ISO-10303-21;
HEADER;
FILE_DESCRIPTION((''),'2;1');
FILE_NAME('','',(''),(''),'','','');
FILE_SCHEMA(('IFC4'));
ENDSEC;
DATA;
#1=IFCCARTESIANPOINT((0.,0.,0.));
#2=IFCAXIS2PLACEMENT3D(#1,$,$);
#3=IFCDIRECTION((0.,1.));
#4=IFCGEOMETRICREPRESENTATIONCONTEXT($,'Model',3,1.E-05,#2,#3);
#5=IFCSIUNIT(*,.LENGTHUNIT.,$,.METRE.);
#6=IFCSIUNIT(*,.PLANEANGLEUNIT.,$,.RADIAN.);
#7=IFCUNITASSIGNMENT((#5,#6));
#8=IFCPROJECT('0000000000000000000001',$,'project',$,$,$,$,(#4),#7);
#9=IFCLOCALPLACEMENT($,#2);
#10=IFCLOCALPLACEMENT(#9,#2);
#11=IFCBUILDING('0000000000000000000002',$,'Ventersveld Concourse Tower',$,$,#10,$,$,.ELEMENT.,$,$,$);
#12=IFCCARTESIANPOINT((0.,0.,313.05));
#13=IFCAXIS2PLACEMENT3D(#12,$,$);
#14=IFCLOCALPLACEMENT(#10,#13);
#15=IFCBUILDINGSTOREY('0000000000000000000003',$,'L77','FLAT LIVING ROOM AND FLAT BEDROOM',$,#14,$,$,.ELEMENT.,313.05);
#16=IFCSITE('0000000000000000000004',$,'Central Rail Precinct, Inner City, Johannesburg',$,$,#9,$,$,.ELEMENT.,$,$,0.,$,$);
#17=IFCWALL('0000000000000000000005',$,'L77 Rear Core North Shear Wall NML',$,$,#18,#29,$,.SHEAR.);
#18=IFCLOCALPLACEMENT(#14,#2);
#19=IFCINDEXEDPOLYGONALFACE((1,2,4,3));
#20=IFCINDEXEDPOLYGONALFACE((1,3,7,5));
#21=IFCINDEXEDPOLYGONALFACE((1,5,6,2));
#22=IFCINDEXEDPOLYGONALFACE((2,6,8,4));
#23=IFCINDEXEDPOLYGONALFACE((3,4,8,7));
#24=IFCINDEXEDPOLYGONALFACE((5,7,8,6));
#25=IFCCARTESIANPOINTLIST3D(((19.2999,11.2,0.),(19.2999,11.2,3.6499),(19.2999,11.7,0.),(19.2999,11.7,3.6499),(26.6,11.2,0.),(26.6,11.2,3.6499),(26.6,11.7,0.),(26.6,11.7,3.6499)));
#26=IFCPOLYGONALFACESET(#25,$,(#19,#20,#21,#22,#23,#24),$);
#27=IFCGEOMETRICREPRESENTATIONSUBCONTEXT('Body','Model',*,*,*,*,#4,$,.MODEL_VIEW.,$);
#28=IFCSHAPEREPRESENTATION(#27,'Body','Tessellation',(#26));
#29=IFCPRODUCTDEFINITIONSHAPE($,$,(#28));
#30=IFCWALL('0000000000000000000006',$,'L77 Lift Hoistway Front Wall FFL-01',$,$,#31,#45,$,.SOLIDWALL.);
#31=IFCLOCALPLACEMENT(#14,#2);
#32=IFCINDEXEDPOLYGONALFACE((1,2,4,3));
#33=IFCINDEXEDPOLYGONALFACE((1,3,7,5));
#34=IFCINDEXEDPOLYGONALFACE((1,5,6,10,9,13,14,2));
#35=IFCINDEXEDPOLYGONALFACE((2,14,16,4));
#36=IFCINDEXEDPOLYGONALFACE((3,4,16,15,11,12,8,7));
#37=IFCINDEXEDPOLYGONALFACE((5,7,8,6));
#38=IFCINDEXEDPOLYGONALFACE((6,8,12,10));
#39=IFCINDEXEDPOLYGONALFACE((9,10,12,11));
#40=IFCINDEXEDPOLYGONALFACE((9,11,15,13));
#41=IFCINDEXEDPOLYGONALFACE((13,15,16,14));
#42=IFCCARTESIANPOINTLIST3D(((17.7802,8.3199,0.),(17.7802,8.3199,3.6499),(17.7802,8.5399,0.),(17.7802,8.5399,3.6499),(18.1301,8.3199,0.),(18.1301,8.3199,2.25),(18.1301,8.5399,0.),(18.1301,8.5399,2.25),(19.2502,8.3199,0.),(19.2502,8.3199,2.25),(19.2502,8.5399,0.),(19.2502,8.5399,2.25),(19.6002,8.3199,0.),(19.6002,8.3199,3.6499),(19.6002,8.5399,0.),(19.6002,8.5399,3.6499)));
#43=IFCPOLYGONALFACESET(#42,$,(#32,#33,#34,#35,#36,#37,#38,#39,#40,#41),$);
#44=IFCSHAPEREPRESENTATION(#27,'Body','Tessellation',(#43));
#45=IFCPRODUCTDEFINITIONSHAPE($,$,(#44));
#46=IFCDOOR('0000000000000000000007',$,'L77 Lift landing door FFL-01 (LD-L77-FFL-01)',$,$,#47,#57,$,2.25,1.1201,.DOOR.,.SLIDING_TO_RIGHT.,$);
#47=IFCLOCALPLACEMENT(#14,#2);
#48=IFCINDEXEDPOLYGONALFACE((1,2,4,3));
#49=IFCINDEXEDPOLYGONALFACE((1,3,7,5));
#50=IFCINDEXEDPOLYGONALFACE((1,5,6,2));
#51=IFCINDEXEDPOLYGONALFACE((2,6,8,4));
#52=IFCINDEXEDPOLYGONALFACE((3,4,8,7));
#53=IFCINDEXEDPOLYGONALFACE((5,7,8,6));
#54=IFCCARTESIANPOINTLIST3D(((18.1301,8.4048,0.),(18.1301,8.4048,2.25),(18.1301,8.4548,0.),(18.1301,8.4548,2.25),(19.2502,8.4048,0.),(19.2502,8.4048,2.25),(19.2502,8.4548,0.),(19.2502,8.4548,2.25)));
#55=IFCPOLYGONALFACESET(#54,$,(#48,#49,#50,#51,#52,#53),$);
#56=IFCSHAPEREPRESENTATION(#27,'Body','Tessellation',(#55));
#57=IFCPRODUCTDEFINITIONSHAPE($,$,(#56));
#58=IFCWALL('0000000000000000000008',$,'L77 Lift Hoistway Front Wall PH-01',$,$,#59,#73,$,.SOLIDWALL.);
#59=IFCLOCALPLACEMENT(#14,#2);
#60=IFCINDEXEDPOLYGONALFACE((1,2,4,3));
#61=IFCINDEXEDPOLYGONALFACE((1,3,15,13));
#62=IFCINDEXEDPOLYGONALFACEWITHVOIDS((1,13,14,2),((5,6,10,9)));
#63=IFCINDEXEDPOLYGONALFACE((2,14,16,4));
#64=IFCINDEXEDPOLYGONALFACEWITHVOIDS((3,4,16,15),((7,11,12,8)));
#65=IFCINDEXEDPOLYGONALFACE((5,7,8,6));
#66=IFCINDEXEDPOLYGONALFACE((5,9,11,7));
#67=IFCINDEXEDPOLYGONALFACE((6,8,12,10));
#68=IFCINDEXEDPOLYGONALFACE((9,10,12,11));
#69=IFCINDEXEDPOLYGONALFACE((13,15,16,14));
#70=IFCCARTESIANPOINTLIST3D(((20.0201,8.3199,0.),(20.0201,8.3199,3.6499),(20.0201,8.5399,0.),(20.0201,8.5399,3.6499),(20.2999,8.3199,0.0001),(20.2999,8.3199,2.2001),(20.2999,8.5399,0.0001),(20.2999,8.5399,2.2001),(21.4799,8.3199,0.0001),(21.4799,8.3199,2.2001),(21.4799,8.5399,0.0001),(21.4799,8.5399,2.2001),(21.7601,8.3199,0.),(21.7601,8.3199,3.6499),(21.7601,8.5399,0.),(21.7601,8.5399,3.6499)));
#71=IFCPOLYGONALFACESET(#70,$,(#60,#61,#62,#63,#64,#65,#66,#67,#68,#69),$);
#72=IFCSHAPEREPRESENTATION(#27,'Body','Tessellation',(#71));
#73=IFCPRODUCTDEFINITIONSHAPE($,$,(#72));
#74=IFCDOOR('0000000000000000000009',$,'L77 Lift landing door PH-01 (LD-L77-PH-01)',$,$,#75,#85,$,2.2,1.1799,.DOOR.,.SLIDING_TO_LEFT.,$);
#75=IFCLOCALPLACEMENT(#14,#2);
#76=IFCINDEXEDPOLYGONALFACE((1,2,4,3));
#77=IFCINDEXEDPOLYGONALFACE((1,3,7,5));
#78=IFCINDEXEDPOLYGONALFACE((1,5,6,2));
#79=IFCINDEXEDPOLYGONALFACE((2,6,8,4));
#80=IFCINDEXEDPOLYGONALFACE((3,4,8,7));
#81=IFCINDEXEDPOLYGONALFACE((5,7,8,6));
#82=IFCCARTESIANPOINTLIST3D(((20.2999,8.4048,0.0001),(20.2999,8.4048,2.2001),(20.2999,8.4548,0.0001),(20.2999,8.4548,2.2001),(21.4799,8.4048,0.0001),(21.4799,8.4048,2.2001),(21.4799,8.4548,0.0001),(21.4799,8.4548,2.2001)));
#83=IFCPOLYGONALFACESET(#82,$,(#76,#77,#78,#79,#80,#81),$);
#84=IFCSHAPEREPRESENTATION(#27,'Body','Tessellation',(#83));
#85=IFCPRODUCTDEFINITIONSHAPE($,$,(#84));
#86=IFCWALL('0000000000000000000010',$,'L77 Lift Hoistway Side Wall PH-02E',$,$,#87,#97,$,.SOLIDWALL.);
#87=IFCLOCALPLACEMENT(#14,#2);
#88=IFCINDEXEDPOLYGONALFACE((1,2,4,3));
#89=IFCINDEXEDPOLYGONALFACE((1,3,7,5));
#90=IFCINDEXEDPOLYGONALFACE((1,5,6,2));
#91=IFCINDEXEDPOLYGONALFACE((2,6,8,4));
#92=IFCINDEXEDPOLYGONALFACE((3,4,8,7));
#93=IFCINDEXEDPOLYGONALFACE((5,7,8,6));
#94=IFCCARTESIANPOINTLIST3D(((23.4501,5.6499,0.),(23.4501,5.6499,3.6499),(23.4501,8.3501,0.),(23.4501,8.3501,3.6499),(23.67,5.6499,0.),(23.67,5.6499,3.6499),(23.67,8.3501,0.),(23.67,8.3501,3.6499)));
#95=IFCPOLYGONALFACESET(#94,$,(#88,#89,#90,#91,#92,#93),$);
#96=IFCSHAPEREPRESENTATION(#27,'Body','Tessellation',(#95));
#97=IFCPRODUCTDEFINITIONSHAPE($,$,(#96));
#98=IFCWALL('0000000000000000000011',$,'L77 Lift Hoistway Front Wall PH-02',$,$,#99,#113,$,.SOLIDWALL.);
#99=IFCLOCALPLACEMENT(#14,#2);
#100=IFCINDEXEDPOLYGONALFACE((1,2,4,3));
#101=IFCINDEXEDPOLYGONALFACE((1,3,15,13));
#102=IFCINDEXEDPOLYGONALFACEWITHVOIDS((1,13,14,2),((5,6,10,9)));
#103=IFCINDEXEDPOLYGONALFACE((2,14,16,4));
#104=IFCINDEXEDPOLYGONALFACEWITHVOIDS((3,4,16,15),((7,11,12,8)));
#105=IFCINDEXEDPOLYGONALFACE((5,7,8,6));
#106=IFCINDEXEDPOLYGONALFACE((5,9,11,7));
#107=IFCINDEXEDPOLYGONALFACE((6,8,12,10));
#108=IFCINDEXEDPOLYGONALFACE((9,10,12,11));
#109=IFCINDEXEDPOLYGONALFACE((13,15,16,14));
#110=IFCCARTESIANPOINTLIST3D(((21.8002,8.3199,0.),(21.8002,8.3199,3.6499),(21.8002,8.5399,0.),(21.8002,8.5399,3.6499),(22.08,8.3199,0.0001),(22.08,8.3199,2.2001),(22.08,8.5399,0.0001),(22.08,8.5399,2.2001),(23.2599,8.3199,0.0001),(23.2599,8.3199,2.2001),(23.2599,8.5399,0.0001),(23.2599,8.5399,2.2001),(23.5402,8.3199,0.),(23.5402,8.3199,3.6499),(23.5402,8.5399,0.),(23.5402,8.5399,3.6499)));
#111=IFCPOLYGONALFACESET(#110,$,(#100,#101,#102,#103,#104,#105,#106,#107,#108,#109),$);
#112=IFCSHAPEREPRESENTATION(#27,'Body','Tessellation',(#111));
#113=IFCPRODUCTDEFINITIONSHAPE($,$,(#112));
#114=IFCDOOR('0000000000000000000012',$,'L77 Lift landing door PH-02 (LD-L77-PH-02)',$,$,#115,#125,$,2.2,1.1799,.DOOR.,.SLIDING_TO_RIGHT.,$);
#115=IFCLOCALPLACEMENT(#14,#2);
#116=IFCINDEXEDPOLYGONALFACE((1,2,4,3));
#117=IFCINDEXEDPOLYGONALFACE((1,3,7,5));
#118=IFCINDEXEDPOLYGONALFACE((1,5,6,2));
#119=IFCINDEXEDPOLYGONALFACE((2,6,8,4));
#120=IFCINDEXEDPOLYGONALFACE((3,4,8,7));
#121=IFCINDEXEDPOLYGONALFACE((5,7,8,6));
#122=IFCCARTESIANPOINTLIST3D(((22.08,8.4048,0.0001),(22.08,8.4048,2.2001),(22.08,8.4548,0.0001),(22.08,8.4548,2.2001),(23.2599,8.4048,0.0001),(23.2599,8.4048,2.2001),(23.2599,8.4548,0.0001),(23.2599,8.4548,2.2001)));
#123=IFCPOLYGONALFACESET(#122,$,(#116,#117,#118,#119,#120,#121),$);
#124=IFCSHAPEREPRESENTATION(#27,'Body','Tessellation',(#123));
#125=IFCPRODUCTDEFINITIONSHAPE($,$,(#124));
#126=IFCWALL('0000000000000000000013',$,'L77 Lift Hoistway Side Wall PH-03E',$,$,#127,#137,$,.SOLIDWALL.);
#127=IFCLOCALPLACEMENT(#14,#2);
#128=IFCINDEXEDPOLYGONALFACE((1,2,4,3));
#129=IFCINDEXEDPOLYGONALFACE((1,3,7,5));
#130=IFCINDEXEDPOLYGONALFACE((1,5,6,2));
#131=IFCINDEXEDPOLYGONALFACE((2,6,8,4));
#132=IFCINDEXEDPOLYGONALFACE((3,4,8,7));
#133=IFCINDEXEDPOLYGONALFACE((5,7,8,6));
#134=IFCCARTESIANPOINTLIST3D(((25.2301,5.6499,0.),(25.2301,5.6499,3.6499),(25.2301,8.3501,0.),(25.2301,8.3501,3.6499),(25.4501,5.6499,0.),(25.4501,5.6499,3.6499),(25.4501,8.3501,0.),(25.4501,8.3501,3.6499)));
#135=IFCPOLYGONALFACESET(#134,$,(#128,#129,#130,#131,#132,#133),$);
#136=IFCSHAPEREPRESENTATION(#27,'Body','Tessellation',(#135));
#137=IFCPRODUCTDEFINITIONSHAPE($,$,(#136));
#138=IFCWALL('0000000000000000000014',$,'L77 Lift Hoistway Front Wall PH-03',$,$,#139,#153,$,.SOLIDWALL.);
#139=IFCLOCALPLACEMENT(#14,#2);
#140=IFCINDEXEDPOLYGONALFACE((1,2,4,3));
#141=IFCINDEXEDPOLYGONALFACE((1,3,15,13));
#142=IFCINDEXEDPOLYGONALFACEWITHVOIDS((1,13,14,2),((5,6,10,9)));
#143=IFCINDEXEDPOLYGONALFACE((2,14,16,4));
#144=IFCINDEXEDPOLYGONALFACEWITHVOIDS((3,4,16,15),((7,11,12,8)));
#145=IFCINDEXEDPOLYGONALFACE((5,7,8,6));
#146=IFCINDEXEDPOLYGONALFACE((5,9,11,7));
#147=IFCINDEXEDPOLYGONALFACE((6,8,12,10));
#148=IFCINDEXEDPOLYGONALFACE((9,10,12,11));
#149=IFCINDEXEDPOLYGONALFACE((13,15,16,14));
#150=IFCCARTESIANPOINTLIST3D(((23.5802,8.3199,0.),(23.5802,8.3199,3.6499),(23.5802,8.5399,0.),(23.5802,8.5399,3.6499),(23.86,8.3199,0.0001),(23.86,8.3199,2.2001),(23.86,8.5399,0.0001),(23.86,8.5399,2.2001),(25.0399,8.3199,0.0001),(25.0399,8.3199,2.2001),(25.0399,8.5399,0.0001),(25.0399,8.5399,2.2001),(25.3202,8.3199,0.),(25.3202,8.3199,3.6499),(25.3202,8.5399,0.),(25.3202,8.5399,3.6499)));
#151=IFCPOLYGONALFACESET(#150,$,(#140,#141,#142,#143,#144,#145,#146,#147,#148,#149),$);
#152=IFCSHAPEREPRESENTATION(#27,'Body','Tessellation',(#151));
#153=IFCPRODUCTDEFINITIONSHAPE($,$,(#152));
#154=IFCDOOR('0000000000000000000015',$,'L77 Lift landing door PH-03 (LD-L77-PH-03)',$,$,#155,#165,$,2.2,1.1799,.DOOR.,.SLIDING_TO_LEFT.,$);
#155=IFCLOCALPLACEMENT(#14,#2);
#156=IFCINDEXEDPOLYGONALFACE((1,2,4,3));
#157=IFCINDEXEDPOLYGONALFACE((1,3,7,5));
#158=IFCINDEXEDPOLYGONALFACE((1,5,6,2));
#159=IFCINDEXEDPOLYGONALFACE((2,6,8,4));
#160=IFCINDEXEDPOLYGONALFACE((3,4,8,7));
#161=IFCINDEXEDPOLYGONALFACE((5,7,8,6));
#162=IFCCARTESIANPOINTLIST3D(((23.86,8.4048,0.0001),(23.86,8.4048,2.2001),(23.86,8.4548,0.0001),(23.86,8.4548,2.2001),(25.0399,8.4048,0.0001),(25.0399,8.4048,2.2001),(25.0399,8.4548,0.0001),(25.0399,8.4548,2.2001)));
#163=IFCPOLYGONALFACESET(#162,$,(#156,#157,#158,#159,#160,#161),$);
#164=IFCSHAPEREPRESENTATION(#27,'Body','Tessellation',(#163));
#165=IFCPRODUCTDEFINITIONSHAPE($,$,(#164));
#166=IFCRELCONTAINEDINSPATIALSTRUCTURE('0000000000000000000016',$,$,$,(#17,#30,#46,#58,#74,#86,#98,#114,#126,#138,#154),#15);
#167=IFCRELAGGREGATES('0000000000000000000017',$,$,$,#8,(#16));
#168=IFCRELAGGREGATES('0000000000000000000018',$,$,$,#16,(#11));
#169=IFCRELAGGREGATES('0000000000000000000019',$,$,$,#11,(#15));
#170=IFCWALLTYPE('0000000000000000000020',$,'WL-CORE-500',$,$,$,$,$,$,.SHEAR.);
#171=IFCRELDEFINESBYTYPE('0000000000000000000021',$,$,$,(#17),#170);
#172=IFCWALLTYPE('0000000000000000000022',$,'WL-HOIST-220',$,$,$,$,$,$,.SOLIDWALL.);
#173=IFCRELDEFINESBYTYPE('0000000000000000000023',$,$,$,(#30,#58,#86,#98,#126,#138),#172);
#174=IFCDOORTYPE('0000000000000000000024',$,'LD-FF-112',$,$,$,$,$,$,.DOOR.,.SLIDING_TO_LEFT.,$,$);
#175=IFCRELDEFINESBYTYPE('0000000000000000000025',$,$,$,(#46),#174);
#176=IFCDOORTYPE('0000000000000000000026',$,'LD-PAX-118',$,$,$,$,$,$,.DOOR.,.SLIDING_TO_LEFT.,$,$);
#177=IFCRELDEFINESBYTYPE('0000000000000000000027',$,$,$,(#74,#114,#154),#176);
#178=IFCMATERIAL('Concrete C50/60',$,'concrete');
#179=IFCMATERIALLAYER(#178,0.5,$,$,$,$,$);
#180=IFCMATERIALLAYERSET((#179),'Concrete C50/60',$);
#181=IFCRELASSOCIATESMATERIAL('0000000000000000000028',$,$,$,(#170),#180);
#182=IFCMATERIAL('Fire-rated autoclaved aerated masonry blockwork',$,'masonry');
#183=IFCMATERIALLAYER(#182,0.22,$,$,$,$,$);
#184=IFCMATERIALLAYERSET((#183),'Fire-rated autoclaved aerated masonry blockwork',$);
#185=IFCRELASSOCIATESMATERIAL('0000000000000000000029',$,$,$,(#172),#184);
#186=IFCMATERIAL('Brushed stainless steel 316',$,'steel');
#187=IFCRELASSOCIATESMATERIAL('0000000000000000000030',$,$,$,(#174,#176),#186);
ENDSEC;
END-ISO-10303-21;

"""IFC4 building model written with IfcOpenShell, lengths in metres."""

from ifc_helpers import new_model, si_unit, direction, frame, frame_2d, origin, place, context, subcontext, project, spatial, rectangle, extrude, material, layer, layer_set, type_object, element, fill, save


model = new_model("IFC4")

# Units and contexts
model_context = context("Model", 3, precision=1e-05, world=origin(), true_north=direction((0.0, 1.0)))
body_context = subcontext(model_context, "Body", "Model", "MODEL_VIEW")
ifc_project = project(units=[si_unit("LENGTHUNIT", "METRE"), si_unit("PLANEANGLEUNIT", "RADIAN")], contexts=[model_context])

# Site, building, storey
site_placement = place(None, origin())
site = spatial("IfcSite", under=ifc_project, at=site_placement, Name="Central Rail Precinct, Inner City, Johannesburg", CompositionType="ELEMENT", RefElevation=0.0)
building_placement = place(site_placement, origin())
building = spatial("IfcBuilding", under=site, at=building_placement, Name="Ventersveld Concourse Tower", CompositionType="ELEMENT")
storey_placement = place(building_placement, frame((0.0, 0.0, 313.05)))
storey = spatial("IfcBuildingStorey", under=building, at=storey_placement, Name="L77", Description="FLAT LIVING ROOM AND FLAT BEDROOM", CompositionType="ELEMENT", Elevation=313.05)

# Shared definitions
ifc_material_1 = material(Name="Concrete C50/60", Category="concrete")

# Wall
ifc_layer_1 = layer(ifc_material_1, 0.5)
ifc_layer_set_1 = layer_set([ifc_layer_1], Name="Concrete C50/60")
wall_type_1 = type_object("IfcWallType", Name="WL-CORE-500", PredefinedType="SHEAR", material=ifc_layer_set_1)
wall_1_placement = place(storey_placement, frame((19.3, 11.45, 0.0), z_axis=(0.0, 0.0, 1.0), x_axis=(1.0, 0.0, 0.0)))
element("IfcWall", 1, at=wall_1_placement, inside=storey, type_object=wall_type_1, Name="L77 Rear Core North Shear Wall NML", PredefinedType="SHEAR", context=body_context, shape_type="SweptSolid", body=[
    extrude(rectangle(XDim=7.3, YDim=0.5, at=frame_2d((3.6499, 0.0))), origin(), (0.0, 0.0, 1.0), 3.6499),
])

# Walls, openings, doors
ifc_material_2 = material(Name="Fire-rated autoclaved aerated masonry blockwork", Category="masonry")
ifc_layer_2 = layer(ifc_material_2, 0.22)
ifc_layer_set_2 = layer_set([ifc_layer_2], Name="Fire-rated autoclaved aerated masonry blockwork")
wall_type_2 = type_object("IfcWallType", Name="WL-HOIST-220", PredefinedType="SOLIDWALL", material=ifc_layer_set_2)
wall_2_placement = place(storey_placement, frame((17.78, 8.4299, 0.0), z_axis=(0.0, 0.0, 1.0), x_axis=(1.0, 0.0, 0.0)))
wall_2 = element("IfcWall", 2, at=wall_2_placement, inside=storey, type_object=wall_type_2, Name="L77 Lift Hoistway Front Wall FFL-01", PredefinedType="SOLIDWALL", context=body_context, shape_type="SweptSolid", body=[
    extrude(rectangle(XDim=1.8201, YDim=0.22, at=frame_2d((0.9102, 0.0))), origin(), (0.0, 0.0, 1.0), 3.6499),
])
opening_1_placement = place(wall_2_placement, frame((0.3501, 0.0, 0.0)))
opening_1 = element("IfcOpeningElement", 3, at=opening_1_placement, cuts=wall_2, PredefinedType="OPENING", context=body_context, shape_type="SweptSolid", body=[
    extrude(rectangle(XDim=1.1201, YDim=2.25, at=frame_2d((0.5601, 1.125))), frame((0.0, 0.1201, 0.0), z_axis=(0.0, -1.0, 0.0), x_axis=(1.0, 0.0, 0.0)), (0.0, 0.0, 1.0), 0.24),
])
ifc_material_3 = material(Name="Brushed stainless steel 316", Category="steel")
door_type_1 = type_object("IfcDoorType", Name="LD-FF-112", OperationType="SLIDING_TO_LEFT", PredefinedType="DOOR", material=ifc_material_3)
door_1_placement = place(opening_1_placement, origin())
door_1 = element("IfcDoor", 4, at=door_1_placement, inside=storey, type_object=door_type_1, Name="L77 Lift landing door FFL-01 (LD-L77-FFL-01)", OperationType="SLIDING_TO_RIGHT", OverallHeight=2.25, OverallWidth=1.1201, PredefinedType="DOOR", context=body_context, shape_type="SweptSolid", body=[
    extrude(rectangle(XDim=1.1201, YDim=2.25, at=frame_2d((0.5601, 1.125))), frame((0.0, 0.0249, 0.0), z_axis=(0.0, -1.0, 0.0), x_axis=(1.0, 0.0, 0.0)), (0.0, 0.0, 1.0), 0.05),
])
fill(opening_1, door_1)
wall_3_placement = place(storey_placement, frame((20.02, 8.4299, 0.0), z_axis=(0.0, 0.0, 1.0), x_axis=(1.0, 0.0, 0.0)))
wall_3 = element("IfcWall", 5, at=wall_3_placement, inside=storey, type_object=wall_type_2, Name="L77 Lift Hoistway Front Wall PH-01", PredefinedType="SOLIDWALL", context=body_context, shape_type="SweptSolid", body=[
    extrude(rectangle(XDim=1.74, YDim=0.22, at=frame_2d((0.8701, 0.0))), origin(), (0.0, 0.0, 1.0), 3.6499),
])
opening_2_placement = place(wall_3_placement, frame((0.28, 0.0, 0.0)))
opening_2 = element("IfcOpeningElement", 6, at=opening_2_placement, cuts=wall_3, PredefinedType="OPENING", context=body_context, shape_type="SweptSolid", body=[
    extrude(rectangle(XDim=1.1799, YDim=2.2, at=frame_2d((0.5898, 1.1001))), frame((0.0, 0.1201, 0.0), z_axis=(0.0, -1.0, 0.0), x_axis=(1.0, 0.0, 0.0)), (0.0, 0.0, 1.0), 0.24),
])
door_type_2 = type_object("IfcDoorType", Name="LD-PAX-118", OperationType="SLIDING_TO_LEFT", PredefinedType="DOOR", material=ifc_material_3)
door_2_placement = place(opening_2_placement, origin())
door_2 = element("IfcDoor", 7, at=door_2_placement, inside=storey, type_object=door_type_2, Name="L77 Lift landing door PH-01 (LD-L77-PH-01)", OperationType="SLIDING_TO_LEFT", OverallHeight=2.2, OverallWidth=1.1799, PredefinedType="DOOR", context=body_context, shape_type="SweptSolid", body=[
    extrude(rectangle(XDim=1.1799, YDim=2.2, at=frame_2d((0.5898, 1.1001))), frame((0.0, 0.0249, 0.0), z_axis=(0.0, -1.0, 0.0), x_axis=(1.0, 0.0, 0.0)), (0.0, 0.0, 1.0), 0.05),
])
fill(opening_2, door_2)

# Wall
wall_4_placement = place(storey_placement, frame((23.5601, 5.6499, 0.0), z_axis=(0.0, 0.0, 1.0), x_axis=(0.0, 1.0, 0.0)))
element("IfcWall", 8, at=wall_4_placement, inside=storey, type_object=wall_type_2, Name="L77 Lift Hoistway Side Wall PH-02E", PredefinedType="SOLIDWALL", context=body_context, shape_type="SweptSolid", body=[
    extrude(rectangle(XDim=2.7002, YDim=0.22, at=frame_2d((1.3501, 0.0))), origin(), (0.0, 0.0, 1.0), 3.6499),
])

# Wall, opening, door
wall_5_placement = place(storey_placement, frame((21.8, 8.4299, 0.0), z_axis=(0.0, 0.0, 1.0), x_axis=(1.0, 0.0, 0.0)))
wall_5 = element("IfcWall", 9, at=wall_5_placement, inside=storey, type_object=wall_type_2, Name="L77 Lift Hoistway Front Wall PH-02", PredefinedType="SOLIDWALL", context=body_context, shape_type="SweptSolid", body=[
    extrude(rectangle(XDim=1.74, YDim=0.22, at=frame_2d((0.8701, 0.0))), origin(), (0.0, 0.0, 1.0), 3.6499),
])
opening_3_placement = place(wall_5_placement, frame((0.28, 0.0, 0.0)))
opening_3 = element("IfcOpeningElement", 10, at=opening_3_placement, cuts=wall_5, PredefinedType="OPENING", context=body_context, shape_type="SweptSolid", body=[
    extrude(rectangle(XDim=1.1799, YDim=2.2, at=frame_2d((0.5898, 1.1001))), frame((0.0, 0.1201, 0.0), z_axis=(0.0, -1.0, 0.0), x_axis=(1.0, 0.0, 0.0)), (0.0, 0.0, 1.0), 0.24),
])
door_3_placement = place(opening_3_placement, origin())
door_3 = element("IfcDoor", 11, at=door_3_placement, inside=storey, type_object=door_type_2, Name="L77 Lift landing door PH-02 (LD-L77-PH-02)", OperationType="SLIDING_TO_RIGHT", OverallHeight=2.2, OverallWidth=1.1799, PredefinedType="DOOR", context=body_context, shape_type="SweptSolid", body=[
    extrude(rectangle(XDim=1.1799, YDim=2.2, at=frame_2d((0.5898, 1.1001))), frame((0.0, 0.0249, 0.0), z_axis=(0.0, -1.0, 0.0), x_axis=(1.0, 0.0, 0.0)), (0.0, 0.0, 1.0), 0.05),
])
fill(opening_3, door_3)

# Wall
wall_6_placement = place(storey_placement, frame((25.3401, 5.6499, 0.0), z_axis=(0.0, 0.0, 1.0), x_axis=(0.0, 1.0, 0.0)))
element("IfcWall", 12, at=wall_6_placement, inside=storey, type_object=wall_type_2, Name="L77 Lift Hoistway Side Wall PH-03E", PredefinedType="SOLIDWALL", context=body_context, shape_type="SweptSolid", body=[
    extrude(rectangle(XDim=2.7002, YDim=0.22, at=frame_2d((1.3501, 0.0))), origin(), (0.0, 0.0, 1.0), 3.6499),
])

# Wall, opening, door
wall_7_placement = place(storey_placement, frame((23.5801, 8.4299, 0.0), z_axis=(0.0, 0.0, 1.0), x_axis=(1.0, 0.0, 0.0)))
wall_7 = element("IfcWall", 13, at=wall_7_placement, inside=storey, type_object=wall_type_2, Name="L77 Lift Hoistway Front Wall PH-03", PredefinedType="SOLIDWALL", context=body_context, shape_type="SweptSolid", body=[
    extrude(rectangle(XDim=1.74, YDim=0.22, at=frame_2d((0.8701, 0.0))), origin(), (0.0, 0.0, 1.0), 3.6499),
])
opening_4_placement = place(wall_7_placement, frame((0.28, 0.0, 0.0)))
opening_4 = element("IfcOpeningElement", 14, at=opening_4_placement, cuts=wall_7, PredefinedType="OPENING", context=body_context, shape_type="SweptSolid", body=[
    extrude(rectangle(XDim=1.1799, YDim=2.2, at=frame_2d((0.5898, 1.1001))), frame((0.0, 0.1201, 0.0), z_axis=(0.0, -1.0, 0.0), x_axis=(1.0, 0.0, 0.0)), (0.0, 0.0, 1.0), 0.24),
])
door_4_placement = place(opening_4_placement, origin())
door_4 = element("IfcDoor", 15, at=door_4_placement, inside=storey, type_object=door_type_2, Name="L77 Lift landing door PH-03 (LD-L77-PH-03)", OperationType="SLIDING_TO_LEFT", OverallHeight=2.2, OverallWidth=1.1799, PredefinedType="DOOR", context=body_context, shape_type="SweptSolid", body=[
    extrude(rectangle(XDim=1.1799, YDim=2.2, at=frame_2d((0.5898, 1.1001))), frame((0.0, 0.0249, 0.0), z_axis=(0.0, -1.0, 0.0), x_axis=(1.0, 0.0, 0.0)), (0.0, 0.0, 1.0), 0.05),
])
fill(opening_4, door_4)

save(model, "model.ifc")
